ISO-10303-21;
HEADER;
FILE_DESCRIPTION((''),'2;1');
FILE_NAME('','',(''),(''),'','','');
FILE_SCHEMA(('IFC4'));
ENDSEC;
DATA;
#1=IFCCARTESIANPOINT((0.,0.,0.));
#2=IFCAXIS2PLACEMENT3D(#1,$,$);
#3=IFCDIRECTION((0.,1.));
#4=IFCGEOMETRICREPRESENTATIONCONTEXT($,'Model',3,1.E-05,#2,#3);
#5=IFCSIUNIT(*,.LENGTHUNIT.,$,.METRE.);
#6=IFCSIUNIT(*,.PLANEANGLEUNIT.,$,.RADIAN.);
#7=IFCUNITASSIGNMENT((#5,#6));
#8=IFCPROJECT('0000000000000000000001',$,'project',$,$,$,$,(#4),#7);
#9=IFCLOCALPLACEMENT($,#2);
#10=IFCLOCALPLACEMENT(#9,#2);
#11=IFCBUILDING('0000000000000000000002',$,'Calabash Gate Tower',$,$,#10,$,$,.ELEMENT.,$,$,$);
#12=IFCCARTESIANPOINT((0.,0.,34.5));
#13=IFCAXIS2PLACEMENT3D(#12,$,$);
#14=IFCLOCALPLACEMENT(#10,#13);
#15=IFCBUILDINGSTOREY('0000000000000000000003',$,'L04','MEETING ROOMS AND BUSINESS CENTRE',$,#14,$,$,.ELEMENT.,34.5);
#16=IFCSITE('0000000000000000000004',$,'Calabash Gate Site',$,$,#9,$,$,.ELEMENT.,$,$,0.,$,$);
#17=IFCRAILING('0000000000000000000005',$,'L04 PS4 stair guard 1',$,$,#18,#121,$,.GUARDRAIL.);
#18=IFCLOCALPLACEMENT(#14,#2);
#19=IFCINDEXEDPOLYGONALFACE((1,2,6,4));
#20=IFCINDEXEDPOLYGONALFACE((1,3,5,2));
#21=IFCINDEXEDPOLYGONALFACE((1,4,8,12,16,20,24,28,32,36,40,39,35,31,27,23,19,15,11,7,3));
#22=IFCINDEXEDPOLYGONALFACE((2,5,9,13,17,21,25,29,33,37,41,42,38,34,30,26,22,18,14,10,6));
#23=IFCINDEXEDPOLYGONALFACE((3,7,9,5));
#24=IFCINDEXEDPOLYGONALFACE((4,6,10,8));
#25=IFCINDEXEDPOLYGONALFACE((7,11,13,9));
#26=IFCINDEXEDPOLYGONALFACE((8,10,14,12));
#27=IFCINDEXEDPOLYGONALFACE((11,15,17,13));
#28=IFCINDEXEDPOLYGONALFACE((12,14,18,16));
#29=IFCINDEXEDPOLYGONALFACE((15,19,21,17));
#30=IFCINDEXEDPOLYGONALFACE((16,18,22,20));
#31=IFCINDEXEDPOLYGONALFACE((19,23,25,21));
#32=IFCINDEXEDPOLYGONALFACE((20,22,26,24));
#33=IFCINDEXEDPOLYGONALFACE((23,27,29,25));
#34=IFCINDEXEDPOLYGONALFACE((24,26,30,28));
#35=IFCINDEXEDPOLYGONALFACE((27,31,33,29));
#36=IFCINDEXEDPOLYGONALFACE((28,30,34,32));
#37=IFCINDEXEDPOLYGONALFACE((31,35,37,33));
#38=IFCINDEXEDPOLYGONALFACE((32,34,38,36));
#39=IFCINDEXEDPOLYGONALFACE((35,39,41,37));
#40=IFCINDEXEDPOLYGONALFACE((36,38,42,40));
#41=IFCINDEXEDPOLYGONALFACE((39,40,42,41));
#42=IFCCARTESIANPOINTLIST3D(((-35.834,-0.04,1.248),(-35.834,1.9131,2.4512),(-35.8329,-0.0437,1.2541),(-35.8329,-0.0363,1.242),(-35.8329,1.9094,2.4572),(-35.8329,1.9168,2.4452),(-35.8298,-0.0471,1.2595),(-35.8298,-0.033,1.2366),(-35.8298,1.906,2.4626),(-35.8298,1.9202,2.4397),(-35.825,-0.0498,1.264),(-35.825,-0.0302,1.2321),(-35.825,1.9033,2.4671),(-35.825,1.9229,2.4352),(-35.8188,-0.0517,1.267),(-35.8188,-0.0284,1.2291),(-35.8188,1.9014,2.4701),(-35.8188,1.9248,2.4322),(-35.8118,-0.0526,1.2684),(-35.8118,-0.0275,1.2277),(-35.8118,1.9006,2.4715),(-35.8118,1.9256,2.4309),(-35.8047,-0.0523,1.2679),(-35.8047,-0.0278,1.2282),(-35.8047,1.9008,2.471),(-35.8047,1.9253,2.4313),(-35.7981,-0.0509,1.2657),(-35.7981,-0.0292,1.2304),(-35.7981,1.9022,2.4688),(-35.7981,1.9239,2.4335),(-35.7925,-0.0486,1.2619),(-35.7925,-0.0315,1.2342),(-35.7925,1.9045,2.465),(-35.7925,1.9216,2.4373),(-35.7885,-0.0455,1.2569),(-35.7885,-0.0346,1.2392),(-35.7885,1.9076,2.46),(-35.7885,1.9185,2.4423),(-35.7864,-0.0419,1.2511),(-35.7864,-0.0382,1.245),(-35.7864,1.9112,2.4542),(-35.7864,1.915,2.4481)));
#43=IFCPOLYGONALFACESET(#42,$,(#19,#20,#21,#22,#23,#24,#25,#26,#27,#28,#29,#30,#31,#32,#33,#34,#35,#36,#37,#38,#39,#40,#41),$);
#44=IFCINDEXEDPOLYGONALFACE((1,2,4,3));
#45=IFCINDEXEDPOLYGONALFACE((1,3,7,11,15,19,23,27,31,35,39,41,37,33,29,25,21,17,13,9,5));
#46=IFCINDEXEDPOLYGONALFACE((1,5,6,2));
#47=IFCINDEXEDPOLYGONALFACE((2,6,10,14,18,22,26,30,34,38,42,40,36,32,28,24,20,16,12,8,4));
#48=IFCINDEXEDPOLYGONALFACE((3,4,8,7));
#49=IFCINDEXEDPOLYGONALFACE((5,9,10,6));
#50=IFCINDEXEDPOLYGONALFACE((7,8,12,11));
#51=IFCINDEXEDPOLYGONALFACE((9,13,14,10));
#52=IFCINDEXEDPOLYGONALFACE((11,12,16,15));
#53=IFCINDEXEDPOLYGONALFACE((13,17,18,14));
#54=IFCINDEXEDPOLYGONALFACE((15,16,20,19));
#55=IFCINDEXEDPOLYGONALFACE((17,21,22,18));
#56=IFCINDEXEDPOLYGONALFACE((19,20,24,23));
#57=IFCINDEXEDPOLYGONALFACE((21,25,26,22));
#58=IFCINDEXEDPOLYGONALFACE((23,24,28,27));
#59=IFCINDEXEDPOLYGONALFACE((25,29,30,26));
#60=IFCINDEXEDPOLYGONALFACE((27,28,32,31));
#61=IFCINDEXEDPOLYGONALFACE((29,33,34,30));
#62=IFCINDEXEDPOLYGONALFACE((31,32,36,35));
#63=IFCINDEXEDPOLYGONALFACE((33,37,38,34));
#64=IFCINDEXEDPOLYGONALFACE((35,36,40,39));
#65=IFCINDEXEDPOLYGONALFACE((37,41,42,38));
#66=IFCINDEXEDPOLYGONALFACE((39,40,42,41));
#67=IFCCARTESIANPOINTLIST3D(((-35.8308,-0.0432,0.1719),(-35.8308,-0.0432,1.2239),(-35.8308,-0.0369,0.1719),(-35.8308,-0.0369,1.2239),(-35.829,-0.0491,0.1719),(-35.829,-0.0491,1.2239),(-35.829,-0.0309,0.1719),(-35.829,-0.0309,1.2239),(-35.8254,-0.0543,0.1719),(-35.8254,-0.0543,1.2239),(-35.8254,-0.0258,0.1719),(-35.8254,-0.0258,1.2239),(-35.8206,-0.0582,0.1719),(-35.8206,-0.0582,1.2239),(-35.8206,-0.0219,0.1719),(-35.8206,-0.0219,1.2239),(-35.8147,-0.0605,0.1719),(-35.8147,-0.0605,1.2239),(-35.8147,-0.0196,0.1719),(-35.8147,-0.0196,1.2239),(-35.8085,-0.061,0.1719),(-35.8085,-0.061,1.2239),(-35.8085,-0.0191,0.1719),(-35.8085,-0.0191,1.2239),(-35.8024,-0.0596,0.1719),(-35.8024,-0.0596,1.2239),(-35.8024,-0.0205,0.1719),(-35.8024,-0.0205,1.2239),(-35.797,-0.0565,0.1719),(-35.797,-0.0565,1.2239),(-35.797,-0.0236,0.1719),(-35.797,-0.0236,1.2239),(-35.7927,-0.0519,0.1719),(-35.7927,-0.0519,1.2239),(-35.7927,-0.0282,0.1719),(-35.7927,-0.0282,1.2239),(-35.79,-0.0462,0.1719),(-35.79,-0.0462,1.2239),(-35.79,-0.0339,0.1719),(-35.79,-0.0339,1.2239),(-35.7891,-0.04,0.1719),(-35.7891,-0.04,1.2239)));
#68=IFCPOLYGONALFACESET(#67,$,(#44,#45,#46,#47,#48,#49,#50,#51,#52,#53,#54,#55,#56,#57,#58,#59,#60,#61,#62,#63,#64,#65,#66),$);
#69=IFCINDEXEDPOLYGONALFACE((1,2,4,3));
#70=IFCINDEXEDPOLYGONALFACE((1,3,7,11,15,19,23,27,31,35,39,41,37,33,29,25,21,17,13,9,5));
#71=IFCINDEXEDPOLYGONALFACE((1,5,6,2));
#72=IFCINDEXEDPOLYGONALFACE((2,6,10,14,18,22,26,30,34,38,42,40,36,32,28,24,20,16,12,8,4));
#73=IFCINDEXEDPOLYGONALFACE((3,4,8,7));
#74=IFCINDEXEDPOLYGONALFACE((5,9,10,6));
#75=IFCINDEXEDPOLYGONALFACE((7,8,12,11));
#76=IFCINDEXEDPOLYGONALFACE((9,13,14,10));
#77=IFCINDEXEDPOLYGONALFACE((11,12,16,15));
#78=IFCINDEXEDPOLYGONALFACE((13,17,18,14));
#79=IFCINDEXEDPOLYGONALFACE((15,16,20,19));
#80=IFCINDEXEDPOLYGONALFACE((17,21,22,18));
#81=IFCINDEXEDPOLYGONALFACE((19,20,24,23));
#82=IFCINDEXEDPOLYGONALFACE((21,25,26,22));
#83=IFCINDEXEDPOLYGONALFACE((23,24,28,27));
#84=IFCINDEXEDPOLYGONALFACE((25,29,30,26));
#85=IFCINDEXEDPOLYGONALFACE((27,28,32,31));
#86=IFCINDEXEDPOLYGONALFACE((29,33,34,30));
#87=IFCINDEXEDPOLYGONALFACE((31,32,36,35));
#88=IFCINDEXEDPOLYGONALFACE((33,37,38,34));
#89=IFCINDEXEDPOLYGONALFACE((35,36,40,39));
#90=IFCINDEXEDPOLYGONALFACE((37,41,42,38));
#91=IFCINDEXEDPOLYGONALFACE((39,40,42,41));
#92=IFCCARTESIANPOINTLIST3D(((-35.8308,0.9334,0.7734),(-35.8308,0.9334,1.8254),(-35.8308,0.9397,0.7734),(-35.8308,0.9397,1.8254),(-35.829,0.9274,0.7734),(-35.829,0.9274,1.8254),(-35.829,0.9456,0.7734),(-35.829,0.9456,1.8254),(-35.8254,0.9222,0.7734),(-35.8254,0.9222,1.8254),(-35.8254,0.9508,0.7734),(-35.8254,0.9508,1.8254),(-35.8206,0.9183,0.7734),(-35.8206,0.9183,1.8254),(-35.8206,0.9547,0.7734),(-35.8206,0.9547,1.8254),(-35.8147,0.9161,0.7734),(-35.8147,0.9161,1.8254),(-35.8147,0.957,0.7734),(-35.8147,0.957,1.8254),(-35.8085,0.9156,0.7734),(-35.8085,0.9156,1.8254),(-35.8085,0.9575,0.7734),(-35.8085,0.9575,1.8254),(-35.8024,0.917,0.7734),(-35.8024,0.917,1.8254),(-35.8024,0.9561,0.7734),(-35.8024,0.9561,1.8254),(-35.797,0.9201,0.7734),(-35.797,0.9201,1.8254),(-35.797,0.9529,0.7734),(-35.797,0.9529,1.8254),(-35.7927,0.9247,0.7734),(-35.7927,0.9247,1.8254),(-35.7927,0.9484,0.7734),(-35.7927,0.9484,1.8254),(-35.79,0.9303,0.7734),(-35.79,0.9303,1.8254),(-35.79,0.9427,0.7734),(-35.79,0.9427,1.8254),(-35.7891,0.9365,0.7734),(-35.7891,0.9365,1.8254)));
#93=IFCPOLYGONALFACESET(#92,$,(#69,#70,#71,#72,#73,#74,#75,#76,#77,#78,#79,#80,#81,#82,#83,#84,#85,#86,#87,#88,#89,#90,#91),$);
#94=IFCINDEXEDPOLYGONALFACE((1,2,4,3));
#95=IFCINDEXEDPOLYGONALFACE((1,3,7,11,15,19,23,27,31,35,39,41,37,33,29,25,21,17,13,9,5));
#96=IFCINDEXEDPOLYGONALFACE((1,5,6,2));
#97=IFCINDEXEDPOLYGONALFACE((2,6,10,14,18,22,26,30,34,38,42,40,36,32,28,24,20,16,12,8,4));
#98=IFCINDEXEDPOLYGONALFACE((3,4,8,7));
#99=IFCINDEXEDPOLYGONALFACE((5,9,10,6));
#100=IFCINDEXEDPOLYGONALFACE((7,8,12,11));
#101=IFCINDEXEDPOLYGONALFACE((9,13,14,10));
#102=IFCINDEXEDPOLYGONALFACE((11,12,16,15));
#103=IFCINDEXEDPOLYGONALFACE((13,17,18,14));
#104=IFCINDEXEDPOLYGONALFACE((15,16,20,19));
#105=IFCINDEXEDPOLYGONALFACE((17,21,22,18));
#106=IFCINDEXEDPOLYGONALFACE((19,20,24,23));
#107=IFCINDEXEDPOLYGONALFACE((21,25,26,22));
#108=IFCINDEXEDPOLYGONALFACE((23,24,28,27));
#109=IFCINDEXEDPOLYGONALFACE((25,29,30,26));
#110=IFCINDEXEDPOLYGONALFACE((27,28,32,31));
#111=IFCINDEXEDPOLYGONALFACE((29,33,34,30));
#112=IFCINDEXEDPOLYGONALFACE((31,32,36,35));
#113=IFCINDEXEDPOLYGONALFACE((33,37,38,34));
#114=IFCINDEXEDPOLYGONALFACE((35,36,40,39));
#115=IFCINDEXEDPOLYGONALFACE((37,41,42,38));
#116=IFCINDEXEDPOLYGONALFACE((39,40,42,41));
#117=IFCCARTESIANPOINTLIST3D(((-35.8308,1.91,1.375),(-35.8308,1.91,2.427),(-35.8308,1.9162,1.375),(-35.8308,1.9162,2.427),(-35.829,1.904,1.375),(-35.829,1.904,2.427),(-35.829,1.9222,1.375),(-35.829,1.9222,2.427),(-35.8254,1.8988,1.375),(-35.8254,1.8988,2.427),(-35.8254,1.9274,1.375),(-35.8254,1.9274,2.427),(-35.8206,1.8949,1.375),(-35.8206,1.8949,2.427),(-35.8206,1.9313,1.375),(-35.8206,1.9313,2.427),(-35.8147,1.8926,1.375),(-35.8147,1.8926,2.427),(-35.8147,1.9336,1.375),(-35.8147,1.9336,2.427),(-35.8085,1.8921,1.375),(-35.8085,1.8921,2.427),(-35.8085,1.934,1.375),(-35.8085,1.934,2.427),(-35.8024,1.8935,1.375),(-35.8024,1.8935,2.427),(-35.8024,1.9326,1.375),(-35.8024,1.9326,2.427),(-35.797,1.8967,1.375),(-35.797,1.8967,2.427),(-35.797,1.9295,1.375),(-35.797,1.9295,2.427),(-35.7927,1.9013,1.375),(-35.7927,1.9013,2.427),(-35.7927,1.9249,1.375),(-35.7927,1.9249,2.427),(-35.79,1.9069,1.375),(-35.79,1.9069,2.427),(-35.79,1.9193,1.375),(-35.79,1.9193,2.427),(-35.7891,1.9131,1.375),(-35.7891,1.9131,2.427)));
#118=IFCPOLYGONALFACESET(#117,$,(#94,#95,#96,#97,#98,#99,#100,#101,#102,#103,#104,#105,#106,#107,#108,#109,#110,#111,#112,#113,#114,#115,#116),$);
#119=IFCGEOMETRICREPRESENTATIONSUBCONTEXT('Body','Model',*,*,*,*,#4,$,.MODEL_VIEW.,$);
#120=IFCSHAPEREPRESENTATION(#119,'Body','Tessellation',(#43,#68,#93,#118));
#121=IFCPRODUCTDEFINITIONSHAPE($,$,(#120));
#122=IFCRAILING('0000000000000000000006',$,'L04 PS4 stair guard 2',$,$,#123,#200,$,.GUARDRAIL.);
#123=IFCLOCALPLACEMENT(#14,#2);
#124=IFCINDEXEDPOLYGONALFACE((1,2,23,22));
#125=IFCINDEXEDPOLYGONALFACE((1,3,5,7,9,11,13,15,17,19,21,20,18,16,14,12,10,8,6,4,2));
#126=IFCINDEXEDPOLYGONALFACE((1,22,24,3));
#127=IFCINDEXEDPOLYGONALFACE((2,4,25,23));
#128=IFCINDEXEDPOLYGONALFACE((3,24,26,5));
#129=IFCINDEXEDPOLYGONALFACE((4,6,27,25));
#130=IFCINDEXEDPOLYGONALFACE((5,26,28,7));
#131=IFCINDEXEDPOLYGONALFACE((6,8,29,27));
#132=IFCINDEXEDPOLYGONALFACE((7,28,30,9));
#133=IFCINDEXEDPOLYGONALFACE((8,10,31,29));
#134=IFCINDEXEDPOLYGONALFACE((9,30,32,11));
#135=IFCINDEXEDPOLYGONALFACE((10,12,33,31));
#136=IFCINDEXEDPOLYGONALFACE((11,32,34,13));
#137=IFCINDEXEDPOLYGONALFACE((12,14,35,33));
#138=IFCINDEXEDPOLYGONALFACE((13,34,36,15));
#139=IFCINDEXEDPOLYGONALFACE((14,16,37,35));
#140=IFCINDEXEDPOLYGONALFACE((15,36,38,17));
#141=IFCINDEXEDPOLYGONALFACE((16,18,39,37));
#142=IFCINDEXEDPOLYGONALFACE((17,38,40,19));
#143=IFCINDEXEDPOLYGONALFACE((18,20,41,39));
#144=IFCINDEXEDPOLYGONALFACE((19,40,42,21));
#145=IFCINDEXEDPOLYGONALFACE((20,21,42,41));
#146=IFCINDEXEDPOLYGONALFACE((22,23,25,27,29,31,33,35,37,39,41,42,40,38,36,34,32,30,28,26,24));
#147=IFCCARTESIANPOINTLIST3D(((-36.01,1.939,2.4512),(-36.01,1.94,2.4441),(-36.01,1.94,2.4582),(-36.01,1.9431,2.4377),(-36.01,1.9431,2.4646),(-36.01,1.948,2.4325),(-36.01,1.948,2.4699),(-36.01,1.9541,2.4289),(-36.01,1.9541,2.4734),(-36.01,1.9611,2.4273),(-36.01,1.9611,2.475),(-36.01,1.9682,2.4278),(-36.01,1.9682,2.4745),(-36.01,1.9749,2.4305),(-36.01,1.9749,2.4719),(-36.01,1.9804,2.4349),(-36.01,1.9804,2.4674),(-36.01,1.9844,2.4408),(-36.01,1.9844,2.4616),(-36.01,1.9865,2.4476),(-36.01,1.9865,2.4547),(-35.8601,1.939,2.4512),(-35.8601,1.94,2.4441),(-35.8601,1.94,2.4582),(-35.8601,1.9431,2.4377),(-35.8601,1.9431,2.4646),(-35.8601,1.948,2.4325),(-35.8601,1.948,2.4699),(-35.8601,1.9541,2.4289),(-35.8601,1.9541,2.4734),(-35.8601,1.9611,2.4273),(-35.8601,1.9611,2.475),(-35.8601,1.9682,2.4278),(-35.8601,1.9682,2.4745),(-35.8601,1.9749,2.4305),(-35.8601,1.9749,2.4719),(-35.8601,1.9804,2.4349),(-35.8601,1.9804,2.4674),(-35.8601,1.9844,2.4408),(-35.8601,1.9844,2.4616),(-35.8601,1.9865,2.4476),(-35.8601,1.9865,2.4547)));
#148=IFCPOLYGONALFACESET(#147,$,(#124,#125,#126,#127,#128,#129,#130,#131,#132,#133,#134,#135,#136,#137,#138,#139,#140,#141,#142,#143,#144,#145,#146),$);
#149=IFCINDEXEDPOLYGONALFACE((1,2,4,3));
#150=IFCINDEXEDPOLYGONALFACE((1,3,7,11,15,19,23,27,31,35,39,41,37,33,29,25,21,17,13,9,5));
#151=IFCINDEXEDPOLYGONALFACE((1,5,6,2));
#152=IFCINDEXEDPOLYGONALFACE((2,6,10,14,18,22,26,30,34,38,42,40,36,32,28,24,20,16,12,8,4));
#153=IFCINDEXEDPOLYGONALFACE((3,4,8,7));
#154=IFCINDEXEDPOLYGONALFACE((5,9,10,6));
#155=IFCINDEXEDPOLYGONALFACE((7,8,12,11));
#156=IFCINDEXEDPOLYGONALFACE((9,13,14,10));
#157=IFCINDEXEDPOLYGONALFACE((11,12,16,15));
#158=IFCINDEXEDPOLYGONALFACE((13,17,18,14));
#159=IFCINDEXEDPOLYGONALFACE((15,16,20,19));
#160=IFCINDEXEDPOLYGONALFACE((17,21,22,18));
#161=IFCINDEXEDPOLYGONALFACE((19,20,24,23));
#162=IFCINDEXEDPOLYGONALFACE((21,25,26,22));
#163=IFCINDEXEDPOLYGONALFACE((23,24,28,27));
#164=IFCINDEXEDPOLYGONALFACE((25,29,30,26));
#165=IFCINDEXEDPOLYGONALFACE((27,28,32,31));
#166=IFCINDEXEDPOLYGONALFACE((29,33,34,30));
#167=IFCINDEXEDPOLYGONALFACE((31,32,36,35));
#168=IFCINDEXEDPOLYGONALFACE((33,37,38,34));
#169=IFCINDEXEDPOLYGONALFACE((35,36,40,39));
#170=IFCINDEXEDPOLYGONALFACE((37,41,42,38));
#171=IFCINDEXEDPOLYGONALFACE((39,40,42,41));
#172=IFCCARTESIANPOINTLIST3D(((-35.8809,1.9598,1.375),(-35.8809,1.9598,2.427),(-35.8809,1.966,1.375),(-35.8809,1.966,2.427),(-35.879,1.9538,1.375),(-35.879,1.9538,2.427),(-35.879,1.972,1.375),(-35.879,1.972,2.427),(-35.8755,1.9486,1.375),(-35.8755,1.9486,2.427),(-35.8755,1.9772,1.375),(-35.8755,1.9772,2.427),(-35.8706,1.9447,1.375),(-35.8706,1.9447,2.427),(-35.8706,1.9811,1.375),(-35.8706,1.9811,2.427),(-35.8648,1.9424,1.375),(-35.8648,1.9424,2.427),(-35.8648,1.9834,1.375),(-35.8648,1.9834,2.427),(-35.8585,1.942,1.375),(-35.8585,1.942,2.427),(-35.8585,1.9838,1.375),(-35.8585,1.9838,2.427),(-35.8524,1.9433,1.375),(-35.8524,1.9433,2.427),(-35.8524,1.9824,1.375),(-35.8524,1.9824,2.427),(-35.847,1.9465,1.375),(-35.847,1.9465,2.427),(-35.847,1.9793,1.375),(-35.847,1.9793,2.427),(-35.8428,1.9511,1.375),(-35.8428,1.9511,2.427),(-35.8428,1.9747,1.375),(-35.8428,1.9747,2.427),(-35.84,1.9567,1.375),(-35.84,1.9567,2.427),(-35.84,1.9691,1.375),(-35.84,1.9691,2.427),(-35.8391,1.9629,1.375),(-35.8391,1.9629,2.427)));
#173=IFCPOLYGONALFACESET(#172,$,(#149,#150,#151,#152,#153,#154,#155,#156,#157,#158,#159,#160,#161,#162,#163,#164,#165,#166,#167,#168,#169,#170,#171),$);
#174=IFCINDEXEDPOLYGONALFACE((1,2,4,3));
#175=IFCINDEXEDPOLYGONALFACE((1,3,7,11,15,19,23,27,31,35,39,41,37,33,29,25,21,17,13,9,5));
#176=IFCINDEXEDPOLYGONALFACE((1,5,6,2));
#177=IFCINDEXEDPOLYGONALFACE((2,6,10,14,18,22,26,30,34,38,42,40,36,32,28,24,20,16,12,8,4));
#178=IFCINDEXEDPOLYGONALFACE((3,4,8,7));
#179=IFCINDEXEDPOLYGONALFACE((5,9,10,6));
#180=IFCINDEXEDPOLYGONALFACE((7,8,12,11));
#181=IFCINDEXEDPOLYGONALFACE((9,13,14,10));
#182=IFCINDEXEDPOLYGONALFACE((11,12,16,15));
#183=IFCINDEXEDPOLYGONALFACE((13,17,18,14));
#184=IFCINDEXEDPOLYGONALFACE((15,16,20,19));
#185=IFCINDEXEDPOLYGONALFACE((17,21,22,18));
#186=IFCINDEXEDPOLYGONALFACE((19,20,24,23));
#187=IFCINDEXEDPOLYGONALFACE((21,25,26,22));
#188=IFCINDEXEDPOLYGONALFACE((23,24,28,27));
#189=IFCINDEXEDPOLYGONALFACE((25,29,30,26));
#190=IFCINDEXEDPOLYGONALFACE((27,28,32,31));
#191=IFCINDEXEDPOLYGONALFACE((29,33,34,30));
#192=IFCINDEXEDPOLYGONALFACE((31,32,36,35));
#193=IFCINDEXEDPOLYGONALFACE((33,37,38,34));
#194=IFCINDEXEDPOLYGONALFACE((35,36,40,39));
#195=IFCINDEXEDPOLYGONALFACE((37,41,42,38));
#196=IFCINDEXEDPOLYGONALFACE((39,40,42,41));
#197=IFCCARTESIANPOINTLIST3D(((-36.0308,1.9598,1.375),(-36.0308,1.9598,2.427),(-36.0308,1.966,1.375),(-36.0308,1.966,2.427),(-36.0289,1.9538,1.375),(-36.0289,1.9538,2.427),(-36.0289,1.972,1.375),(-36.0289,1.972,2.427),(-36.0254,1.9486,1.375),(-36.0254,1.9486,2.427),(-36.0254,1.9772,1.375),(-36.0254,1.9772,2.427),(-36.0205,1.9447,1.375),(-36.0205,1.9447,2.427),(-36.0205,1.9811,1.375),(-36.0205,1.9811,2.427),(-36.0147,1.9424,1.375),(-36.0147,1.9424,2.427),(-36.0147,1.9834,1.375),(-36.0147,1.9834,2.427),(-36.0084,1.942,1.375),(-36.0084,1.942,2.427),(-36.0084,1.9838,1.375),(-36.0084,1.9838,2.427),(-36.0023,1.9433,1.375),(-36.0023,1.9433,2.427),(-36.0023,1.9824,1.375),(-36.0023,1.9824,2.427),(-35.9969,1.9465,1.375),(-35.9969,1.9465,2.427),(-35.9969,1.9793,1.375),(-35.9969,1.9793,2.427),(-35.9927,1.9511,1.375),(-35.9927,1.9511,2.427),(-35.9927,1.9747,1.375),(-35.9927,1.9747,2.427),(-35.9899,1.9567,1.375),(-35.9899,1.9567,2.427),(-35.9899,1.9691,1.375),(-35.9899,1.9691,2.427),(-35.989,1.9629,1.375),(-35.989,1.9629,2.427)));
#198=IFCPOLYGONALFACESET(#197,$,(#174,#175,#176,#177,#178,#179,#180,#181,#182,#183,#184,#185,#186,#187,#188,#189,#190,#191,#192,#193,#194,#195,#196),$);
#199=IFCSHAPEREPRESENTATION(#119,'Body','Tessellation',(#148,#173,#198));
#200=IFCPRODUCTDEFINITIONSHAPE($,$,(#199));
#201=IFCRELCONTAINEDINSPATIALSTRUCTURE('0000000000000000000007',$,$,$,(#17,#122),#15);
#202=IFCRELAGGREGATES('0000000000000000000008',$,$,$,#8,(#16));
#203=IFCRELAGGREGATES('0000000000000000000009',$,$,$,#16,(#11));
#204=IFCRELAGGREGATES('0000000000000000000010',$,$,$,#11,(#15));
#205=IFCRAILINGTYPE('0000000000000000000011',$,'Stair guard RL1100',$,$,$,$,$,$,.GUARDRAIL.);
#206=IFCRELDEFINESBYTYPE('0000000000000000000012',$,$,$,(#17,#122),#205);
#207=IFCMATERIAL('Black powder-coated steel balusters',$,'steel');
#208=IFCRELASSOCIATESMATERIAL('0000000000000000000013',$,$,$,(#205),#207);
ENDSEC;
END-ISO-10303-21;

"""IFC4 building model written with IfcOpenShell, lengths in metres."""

from ifc_helpers import new_model, si_unit, direction, frame, origin, origin_2d, place, context, subcontext, project, spatial, circle, extrude, material, type_object, element, save


model = new_model("IFC4")

# Units and contexts
model_context = context("Model", 3, precision=1e-05, world=origin(), true_north=direction((0.0, 1.0)))
body_context = subcontext(model_context, "Body", "Model", "MODEL_VIEW")
ifc_project = project(units=[si_unit("LENGTHUNIT", "METRE"), si_unit("PLANEANGLEUNIT", "RADIAN")], contexts=[model_context])

# Site, building, storey
site_placement = place(None, origin())
site = spatial("IfcSite", under=ifc_project, at=site_placement, Name="Calabash Gate Site", CompositionType="ELEMENT", RefElevation=0.0)
building_placement = place(site_placement, origin())
building = spatial("IfcBuilding", under=site, at=building_placement, Name="Calabash Gate Tower", CompositionType="ELEMENT")
storey_placement = place(building_placement, frame((0.0, 0.0, 34.5)))
storey = spatial("IfcBuildingStorey", under=building, at=storey_placement, Name="L04", Description="MEETING ROOMS AND BUSINESS CENTRE", CompositionType="ELEMENT", Elevation=34.5)

# Railings
ifc_material_1 = material(Name="Black powder-coated steel balusters", Category="steel")
railing_type_1 = type_object("IfcRailingType", Name="Stair guard RL1100", PredefinedType="GUARDRAIL", material=ifc_material_1)
railing_1_placement = place(storey_placement, frame((-35.8101, -0.04, 0.1719)))
element("IfcRailing", 1, at=railing_1_placement, inside=storey, type_object=railing_type_1, Name="L04 PS4 stair guard 1", PredefinedType="GUARDRAIL", context=body_context, shape_type="SweptSolid", body=[
    extrude(circle(Radius=0.0239, at=origin_2d()), frame((0.0, 0.0, 1.0762), z_axis=(0.0, 0.851424, 0.524477), x_axis=(-1.0, 0.0, 0.0)), (0.0, 0.0, 1.0), 2.2939),
    extrude(circle(Radius=0.021, at=origin_2d()), origin(), (0.0, 0.0, 1.0), 1.052),
    extrude(circle(Radius=0.021, at=origin_2d()), frame((0.0, 0.9766, 0.6016)), (0.0, 0.0, 1.0), 1.052),
    extrude(circle(Radius=0.021, at=origin_2d()), frame((0.0, 1.9531, 1.2031)), (0.0, 0.0, 1.0), 1.052),
])
for number, where, name in (
    (2, (-35.8601, 1.9629, 1.375), "L04 PS4 stair guard 2"),
):
    element("IfcRailing", number, at=place(storey_placement, frame(where)), inside=storey, type_object=railing_type_1, Name=name, PredefinedType="GUARDRAIL", context=body_context, shape_type="SweptSolid", body=[
        extrude(circle(Radius=0.0239, at=origin_2d()), frame((0.0, 0.0, 1.0762), z_axis=(-1.0, 0.0, 0.0), x_axis=(0.0, -1.0, 0.0)), (0.0, 0.0, 1.0), 0.1499),
        extrude(circle(Radius=0.021, at=origin_2d()), origin(), (0.0, 0.0, 1.0), 1.052),
        extrude(circle(Radius=0.021, at=origin_2d()), frame((-0.1499, 0.0, 0.0)), (0.0, 0.0, 1.0), 1.052),
    ])

save(model, "model.ifc")
